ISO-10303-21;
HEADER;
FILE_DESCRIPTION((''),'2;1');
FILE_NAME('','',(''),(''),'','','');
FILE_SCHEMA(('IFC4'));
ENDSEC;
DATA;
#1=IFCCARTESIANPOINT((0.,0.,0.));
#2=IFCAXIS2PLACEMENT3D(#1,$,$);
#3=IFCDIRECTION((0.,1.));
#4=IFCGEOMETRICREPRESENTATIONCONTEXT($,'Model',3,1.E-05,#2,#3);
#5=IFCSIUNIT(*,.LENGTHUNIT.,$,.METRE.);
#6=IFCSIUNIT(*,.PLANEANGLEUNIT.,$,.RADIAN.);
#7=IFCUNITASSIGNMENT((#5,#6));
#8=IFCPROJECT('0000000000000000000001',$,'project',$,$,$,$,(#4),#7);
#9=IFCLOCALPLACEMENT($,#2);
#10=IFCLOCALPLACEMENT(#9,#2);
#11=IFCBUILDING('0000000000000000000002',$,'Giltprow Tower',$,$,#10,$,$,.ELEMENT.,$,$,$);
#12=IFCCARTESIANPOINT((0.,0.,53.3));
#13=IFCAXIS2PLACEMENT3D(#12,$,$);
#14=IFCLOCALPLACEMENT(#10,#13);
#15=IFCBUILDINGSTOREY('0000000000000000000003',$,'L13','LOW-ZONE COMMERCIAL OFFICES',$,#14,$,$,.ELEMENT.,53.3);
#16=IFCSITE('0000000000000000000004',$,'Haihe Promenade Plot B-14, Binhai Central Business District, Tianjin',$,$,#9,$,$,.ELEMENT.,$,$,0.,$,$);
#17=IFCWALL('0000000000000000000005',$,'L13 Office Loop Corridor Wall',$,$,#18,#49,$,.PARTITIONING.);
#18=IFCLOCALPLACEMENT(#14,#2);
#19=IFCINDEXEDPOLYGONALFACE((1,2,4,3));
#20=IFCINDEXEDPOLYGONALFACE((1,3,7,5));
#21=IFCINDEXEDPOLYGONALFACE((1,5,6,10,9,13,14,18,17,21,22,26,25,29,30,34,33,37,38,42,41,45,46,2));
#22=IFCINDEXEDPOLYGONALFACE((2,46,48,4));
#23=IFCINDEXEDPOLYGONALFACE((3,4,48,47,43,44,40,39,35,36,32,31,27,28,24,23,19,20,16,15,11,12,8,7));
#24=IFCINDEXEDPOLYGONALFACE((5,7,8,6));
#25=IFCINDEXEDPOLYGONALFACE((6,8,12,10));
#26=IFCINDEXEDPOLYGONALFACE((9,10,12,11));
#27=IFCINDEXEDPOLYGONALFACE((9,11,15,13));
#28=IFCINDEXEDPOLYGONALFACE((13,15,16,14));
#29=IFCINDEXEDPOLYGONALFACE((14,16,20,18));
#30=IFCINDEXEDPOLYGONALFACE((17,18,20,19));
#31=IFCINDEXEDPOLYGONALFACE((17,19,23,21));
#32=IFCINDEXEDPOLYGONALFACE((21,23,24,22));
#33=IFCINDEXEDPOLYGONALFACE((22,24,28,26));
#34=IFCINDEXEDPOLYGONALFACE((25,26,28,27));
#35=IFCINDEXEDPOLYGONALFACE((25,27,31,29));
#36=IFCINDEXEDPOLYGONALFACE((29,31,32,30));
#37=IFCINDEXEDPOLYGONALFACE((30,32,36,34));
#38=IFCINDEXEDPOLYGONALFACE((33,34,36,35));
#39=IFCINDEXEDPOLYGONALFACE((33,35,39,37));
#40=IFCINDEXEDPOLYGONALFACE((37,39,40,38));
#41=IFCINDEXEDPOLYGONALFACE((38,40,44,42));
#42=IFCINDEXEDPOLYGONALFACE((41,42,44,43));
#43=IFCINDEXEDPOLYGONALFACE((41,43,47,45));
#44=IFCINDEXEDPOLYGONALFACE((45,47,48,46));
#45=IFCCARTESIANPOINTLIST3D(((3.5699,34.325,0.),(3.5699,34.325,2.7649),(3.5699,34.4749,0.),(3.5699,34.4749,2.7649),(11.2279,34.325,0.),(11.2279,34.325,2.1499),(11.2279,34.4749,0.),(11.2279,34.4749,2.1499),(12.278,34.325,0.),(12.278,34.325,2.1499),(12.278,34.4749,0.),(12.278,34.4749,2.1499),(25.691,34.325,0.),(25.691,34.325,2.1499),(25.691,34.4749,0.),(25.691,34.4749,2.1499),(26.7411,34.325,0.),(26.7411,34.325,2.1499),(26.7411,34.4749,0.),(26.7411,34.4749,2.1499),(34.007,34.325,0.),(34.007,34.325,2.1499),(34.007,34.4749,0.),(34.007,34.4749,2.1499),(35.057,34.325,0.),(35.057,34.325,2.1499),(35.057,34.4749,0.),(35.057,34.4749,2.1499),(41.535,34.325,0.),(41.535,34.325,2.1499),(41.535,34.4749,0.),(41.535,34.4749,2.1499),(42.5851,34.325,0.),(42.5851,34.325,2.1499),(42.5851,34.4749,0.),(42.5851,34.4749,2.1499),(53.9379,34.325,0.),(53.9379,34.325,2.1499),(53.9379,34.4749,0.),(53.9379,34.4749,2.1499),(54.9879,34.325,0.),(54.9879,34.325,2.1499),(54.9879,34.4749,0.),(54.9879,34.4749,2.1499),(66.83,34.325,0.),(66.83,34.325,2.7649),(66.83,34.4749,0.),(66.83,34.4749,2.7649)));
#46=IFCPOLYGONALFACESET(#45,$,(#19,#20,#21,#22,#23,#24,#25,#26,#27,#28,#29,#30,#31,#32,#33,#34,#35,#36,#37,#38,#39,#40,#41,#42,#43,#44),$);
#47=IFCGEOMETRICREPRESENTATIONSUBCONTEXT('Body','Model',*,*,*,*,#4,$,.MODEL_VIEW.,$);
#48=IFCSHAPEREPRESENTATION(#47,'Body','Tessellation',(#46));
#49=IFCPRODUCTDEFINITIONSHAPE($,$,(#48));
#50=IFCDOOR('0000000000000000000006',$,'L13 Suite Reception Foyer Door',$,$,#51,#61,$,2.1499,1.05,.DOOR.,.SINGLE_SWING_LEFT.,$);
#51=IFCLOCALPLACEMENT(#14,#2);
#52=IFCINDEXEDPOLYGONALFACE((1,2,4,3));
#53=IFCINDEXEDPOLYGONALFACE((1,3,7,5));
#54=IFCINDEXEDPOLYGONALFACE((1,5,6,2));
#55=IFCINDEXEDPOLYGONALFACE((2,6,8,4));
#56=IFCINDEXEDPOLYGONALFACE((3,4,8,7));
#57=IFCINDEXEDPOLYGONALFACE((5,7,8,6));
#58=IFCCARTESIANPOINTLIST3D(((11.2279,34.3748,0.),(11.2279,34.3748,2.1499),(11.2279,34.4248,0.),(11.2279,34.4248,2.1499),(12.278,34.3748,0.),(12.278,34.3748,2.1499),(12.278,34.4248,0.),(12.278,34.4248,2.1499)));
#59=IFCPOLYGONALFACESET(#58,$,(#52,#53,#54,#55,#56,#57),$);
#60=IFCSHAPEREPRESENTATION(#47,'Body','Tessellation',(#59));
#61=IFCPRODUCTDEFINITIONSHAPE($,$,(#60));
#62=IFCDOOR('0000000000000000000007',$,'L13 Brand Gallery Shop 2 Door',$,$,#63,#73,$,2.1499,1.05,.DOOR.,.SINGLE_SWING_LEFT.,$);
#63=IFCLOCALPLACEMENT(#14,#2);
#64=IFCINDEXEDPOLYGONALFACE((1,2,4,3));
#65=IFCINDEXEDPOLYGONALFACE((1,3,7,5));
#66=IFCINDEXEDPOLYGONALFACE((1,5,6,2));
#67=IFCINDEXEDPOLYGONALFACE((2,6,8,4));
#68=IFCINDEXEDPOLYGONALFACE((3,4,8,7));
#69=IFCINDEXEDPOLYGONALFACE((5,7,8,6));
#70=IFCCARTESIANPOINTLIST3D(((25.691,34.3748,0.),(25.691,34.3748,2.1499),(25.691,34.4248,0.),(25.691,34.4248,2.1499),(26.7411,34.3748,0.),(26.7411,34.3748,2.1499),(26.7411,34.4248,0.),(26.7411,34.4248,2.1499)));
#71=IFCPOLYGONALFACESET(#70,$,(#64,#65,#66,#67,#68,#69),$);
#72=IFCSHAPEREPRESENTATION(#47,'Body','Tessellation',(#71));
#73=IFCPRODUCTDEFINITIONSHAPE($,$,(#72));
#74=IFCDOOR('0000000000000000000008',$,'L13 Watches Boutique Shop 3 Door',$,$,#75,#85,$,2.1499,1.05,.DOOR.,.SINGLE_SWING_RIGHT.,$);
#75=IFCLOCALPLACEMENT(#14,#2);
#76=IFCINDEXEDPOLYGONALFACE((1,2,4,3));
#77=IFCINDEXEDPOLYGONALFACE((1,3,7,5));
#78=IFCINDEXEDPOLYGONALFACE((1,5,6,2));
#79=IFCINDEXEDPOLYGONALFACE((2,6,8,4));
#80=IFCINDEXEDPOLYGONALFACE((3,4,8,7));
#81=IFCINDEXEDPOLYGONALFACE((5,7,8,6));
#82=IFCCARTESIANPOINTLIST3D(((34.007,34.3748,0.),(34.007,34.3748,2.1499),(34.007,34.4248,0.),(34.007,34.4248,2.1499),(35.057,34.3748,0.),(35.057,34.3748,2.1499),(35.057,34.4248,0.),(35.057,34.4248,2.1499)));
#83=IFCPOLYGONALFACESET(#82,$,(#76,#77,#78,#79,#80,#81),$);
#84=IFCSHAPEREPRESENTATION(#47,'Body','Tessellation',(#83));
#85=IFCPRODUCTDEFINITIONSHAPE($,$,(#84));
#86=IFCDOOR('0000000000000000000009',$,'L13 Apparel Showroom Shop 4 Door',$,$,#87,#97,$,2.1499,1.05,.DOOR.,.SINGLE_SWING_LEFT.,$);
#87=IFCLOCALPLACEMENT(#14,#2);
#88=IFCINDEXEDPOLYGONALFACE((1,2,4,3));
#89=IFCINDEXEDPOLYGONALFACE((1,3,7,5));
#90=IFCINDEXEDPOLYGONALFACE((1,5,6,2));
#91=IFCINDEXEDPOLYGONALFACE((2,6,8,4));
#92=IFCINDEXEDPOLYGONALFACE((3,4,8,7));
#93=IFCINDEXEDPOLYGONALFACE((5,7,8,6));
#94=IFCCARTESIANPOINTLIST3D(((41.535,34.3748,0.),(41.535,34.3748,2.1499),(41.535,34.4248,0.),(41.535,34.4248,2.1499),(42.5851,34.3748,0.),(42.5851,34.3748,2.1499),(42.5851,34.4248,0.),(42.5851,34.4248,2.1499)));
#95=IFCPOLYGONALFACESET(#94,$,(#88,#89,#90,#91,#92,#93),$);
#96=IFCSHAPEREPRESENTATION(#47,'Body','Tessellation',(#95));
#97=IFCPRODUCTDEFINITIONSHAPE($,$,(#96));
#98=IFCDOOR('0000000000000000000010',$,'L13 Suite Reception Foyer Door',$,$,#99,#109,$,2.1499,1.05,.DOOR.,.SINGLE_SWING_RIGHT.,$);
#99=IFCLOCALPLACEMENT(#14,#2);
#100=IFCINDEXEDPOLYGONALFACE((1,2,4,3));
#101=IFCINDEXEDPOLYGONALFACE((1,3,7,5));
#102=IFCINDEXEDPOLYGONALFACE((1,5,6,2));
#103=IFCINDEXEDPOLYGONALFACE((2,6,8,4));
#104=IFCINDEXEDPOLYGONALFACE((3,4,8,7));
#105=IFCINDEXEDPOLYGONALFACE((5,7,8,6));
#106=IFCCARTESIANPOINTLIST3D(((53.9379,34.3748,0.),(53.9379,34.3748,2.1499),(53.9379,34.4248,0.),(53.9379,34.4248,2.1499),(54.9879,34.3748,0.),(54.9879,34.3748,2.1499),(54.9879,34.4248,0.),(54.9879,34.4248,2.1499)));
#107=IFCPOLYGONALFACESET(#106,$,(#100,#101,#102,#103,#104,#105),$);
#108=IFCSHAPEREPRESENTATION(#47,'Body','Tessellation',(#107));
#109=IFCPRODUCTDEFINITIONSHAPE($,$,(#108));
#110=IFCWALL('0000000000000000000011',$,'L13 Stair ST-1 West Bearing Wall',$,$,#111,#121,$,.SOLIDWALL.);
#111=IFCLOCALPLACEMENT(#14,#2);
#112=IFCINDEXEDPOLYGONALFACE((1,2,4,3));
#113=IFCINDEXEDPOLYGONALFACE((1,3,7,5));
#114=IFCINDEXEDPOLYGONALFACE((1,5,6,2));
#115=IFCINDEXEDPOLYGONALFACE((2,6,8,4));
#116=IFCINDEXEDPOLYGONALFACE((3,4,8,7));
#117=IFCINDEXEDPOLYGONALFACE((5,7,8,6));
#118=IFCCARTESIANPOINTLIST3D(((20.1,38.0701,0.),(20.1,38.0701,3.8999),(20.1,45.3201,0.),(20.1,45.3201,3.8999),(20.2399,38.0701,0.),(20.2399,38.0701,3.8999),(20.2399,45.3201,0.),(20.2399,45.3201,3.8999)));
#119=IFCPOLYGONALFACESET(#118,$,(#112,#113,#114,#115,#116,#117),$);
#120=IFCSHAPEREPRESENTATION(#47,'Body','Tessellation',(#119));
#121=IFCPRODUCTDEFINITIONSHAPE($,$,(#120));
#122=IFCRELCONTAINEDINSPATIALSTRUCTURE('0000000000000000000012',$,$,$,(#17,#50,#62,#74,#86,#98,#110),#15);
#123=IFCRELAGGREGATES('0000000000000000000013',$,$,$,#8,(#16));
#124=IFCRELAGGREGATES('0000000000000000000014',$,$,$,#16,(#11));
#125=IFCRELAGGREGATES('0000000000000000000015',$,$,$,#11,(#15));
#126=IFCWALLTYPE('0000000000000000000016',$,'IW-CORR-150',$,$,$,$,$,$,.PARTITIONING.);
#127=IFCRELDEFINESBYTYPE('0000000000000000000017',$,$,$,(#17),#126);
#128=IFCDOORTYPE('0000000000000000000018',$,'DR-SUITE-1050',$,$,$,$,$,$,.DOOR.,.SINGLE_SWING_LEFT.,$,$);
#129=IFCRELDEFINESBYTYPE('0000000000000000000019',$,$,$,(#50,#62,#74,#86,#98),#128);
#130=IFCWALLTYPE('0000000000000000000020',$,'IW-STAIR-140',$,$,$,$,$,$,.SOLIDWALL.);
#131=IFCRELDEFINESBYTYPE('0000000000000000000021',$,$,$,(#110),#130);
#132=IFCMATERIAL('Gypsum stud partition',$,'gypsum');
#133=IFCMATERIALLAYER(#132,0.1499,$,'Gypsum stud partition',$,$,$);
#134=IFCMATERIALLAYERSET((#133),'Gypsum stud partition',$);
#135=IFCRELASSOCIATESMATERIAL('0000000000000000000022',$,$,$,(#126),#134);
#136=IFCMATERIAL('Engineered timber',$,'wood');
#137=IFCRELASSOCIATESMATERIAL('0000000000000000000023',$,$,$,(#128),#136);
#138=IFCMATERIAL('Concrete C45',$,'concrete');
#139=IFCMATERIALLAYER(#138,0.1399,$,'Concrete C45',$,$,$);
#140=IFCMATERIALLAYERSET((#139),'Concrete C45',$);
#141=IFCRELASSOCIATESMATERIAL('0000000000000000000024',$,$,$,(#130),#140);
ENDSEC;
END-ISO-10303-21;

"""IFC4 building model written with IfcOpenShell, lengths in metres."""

from ifc_helpers import new_model, si_unit, direction, frame, frame_2d, origin, place, context, subcontext, project, spatial, rectangle, extrude, source, transform, mapped, material, layer, layer_set, type_object, element, fill, save


model = new_model("IFC4")

# Units and contexts
model_context = context("Model", 3, precision=1e-05, world=origin(), true_north=direction((0.0, 1.0)))
body_context = subcontext(model_context, "Body", "Model", "MODEL_VIEW")
ifc_project = project(units=[si_unit("LENGTHUNIT", "METRE"), si_unit("PLANEANGLEUNIT", "RADIAN")], contexts=[model_context])

# Site, building, storey
site_placement = place(None, origin())
site = spatial("IfcSite", under=ifc_project, at=site_placement, Name="Haihe Promenade Plot B-14, Binhai Central Business District, Tianjin", CompositionType="ELEMENT", RefElevation=0.0)
building_placement = place(site_placement, origin())
building = spatial("IfcBuilding", under=site, at=building_placement, Name="Giltprow Tower", CompositionType="ELEMENT")
storey_placement = place(building_placement, frame((0.0, 0.0, 53.3)))
storey = spatial("IfcBuildingStorey", under=building, at=storey_placement, Name="L13", Description="LOW-ZONE COMMERCIAL OFFICES", CompositionType="ELEMENT", Elevation=53.3)

# Wall, openings, doors
ifc_material_1 = material(Name="Gypsum stud partition", Category="gypsum")
ifc_layer_1 = layer(ifc_material_1, 0.1499, Name="Gypsum stud partition")
ifc_layer_set_1 = layer_set([ifc_layer_1], Name="Gypsum stud partition")
wall_type_1 = type_object("IfcWallType", Name="IW-CORR-150", PredefinedType="PARTITIONING", material=ifc_layer_set_1)
wall_1_placement = place(storey_placement, frame((3.5701, 34.3999, 0.0), z_axis=(0.0, 0.0, 1.0), x_axis=(1.0, 0.0, 0.0)))
wall_1 = element("IfcWall", 1, at=wall_1_placement, inside=storey, type_object=wall_type_1, Name="L13 Office Loop Corridor Wall", PredefinedType="PARTITIONING", context=body_context, shape_type="SweptSolid", body=[
    extrude(rectangle(XDim=63.26, YDim=0.1499, at=frame_2d((31.6299, 0.0))), origin(), (0.0, 0.0, 1.0), 2.7649),
])
opening_1_placement = place(wall_1_placement, frame((7.658, 0.0, 0.0)))
opening_1 = element("IfcOpeningElement", 2, at=opening_1_placement, cuts=wall_1, PredefinedType="OPENING", context=body_context, shape_type="SweptSolid", body=[
    extrude(rectangle(XDim=1.05, YDim=2.1499, at=frame_2d((0.5249, 1.075))), frame((0.0, 0.085, 0.0), z_axis=(0.0, -1.0, 0.0), x_axis=(1.0, 0.0, 0.0)), (0.0, 0.0, 1.0), 0.1699),
])
opening_2_placement = place(wall_1_placement, frame((22.1211, 0.0, 0.0)))
opening_2 = element("IfcOpeningElement", 3, at=opening_2_placement, cuts=wall_1, PredefinedType="OPENING", context=body_context, shape_type="SweptSolid", body=[
    extrude(rectangle(XDim=1.05, YDim=2.1499, at=frame_2d((0.5249, 1.075))), frame((0.0, 0.085, 0.0), z_axis=(0.0, -1.0, 0.0), x_axis=(1.0, 0.0, 0.0)), (0.0, 0.0, 1.0), 0.1699),
])
opening_3_placement = place(wall_1_placement, frame((30.437, 0.0, 0.0)))
opening_3 = element("IfcOpeningElement", 4, at=opening_3_placement, cuts=wall_1, PredefinedType="OPENING", context=body_context, shape_type="SweptSolid", body=[
    extrude(rectangle(XDim=1.05, YDim=2.1499, at=frame_2d((0.5249, 1.075))), frame((0.0, 0.085, 0.0), z_axis=(0.0, -1.0, 0.0), x_axis=(1.0, 0.0, 0.0)), (0.0, 0.0, 1.0), 0.1699),
])
opening_4_placement = place(wall_1_placement, frame((37.9651, 0.0, 0.0)))
opening_4 = element("IfcOpeningElement", 5, at=opening_4_placement, cuts=wall_1, PredefinedType="OPENING", context=body_context, shape_type="SweptSolid", body=[
    extrude(rectangle(XDim=1.05, YDim=2.1499, at=frame_2d((0.5249, 1.075))), frame((0.0, 0.085, 0.0), z_axis=(0.0, -1.0, 0.0), x_axis=(1.0, 0.0, 0.0)), (0.0, 0.0, 1.0), 0.1699),
])
opening_5_placement = place(wall_1_placement, frame((50.3679, 0.0, 0.0)))
opening_5 = element("IfcOpeningElement", 6, at=opening_5_placement, cuts=wall_1, PredefinedType="OPENING", context=body_context, shape_type="SweptSolid", body=[
    extrude(rectangle(XDim=1.05, YDim=2.1499, at=frame_2d((0.5249, 1.075))), frame((0.0, 0.085, 0.0), z_axis=(0.0, -1.0, 0.0), x_axis=(1.0, 0.0, 0.0)), (0.0, 0.0, 1.0), 0.1699),
])
ifc_material_2 = material(Name="Engineered timber", Category="wood")
door_type_1 = type_object("IfcDoorType", Name="DR-SUITE-1050", OperationType="SINGLE_SWING_LEFT", PredefinedType="DOOR", material=ifc_material_2)
shared_shape_1 = source(origin(), body_context, "Body", "SweptSolid", [
    extrude(rectangle(XDim=1.05, YDim=2.1499, at=frame_2d((0.5249, 1.075))), frame((0.0, 0.0249, 0.0), z_axis=(0.0, -1.0, 0.0), x_axis=(1.0, 0.0, 0.0)), (0.0, 0.0, 1.0), 0.05),
])
door_1_placement = place(opening_1_placement, origin())
door_1 = element("IfcDoor", 7, at=door_1_placement, inside=storey, type_object=door_type_1, Name="L13 Suite Reception Foyer Door", OperationType="SINGLE_SWING_LEFT", OverallHeight=2.1499, OverallWidth=1.05, PredefinedType="DOOR", context=body_context, shape_type="MappedRepresentation", body=[
    mapped(shared_shape_1, transform((0.0, 0.0, 0.0), x_axis=(1.0, 0.0, 0.0), y_axis=(0.0, 1.0, 0.0), z_axis=(0.0, 0.0, 1.0), scale=1.0)),
])
fill(opening_1, door_1)
door_2_placement = place(opening_2_placement, origin())
door_2 = element("IfcDoor", 8, at=door_2_placement, inside=storey, type_object=door_type_1, Name="L13 Brand Gallery Shop 2 Door", OperationType="SINGLE_SWING_LEFT", OverallHeight=2.1499, OverallWidth=1.05, PredefinedType="DOOR", context=body_context, shape_type="MappedRepresentation", body=[
    mapped(shared_shape_1, transform((0.0, 0.0, 0.0), x_axis=(1.0, 0.0, 0.0), y_axis=(0.0, 1.0, 0.0), z_axis=(0.0, 0.0, 1.0), scale=1.0)),
])
fill(opening_2, door_2)
door_3_placement = place(opening_3_placement, origin())
door_3 = element("IfcDoor", 9, at=door_3_placement, inside=storey, type_object=door_type_1, Name="L13 Watches Boutique Shop 3 Door", OperationType="SINGLE_SWING_RIGHT", OverallHeight=2.1499, OverallWidth=1.05, PredefinedType="DOOR", context=body_context, shape_type="MappedRepresentation", body=[
    mapped(shared_shape_1, transform((0.0, 0.0, 0.0), x_axis=(1.0, 0.0, 0.0), y_axis=(0.0, 1.0, 0.0), z_axis=(0.0, 0.0, 1.0), scale=1.0)),
])
fill(opening_3, door_3)
door_4_placement = place(opening_4_placement, origin())
door_4 = element("IfcDoor", 10, at=door_4_placement, inside=storey, type_object=door_type_1, Name="L13 Apparel Showroom Shop 4 Door", OperationType="SINGLE_SWING_LEFT", OverallHeight=2.1499, OverallWidth=1.05, PredefinedType="DOOR", context=body_context, shape_type="MappedRepresentation", body=[
    mapped(shared_shape_1, transform((0.0, 0.0, 0.0), x_axis=(1.0, 0.0, 0.0), y_axis=(0.0, 1.0, 0.0), z_axis=(0.0, 0.0, 1.0), scale=1.0)),
])
fill(opening_4, door_4)
door_5_placement = place(opening_5_placement, origin())
door_5 = element("IfcDoor", 11, at=door_5_placement, inside=storey, type_object=door_type_1, Name="L13 Suite Reception Foyer Door", OperationType="SINGLE_SWING_RIGHT", OverallHeight=2.1499, OverallWidth=1.05, PredefinedType="DOOR", context=body_context, shape_type="MappedRepresentation", body=[
    mapped(shared_shape_1, transform((0.0, 0.0, 0.0), x_axis=(1.0, 0.0, 0.0), y_axis=(0.0, 1.0, 0.0), z_axis=(0.0, 0.0, 1.0), scale=1.0)),
])
fill(opening_5, door_5)

# Wall
ifc_material_3 = material(Name="Concrete C45", Category="concrete")
ifc_layer_2 = layer(ifc_material_3, 0.1399, Name="Concrete C45")
ifc_layer_set_2 = layer_set([ifc_layer_2], Name="Concrete C45")
wall_type_2 = type_object("IfcWallType", Name="IW-STAIR-140", PredefinedType="SOLIDWALL", material=ifc_layer_set_2)
wall_2_placement = place(storey_placement, frame((20.1699, 38.0701, 0.0), z_axis=(0.0, 0.0, 1.0), x_axis=(0.0, 1.0, 0.0)))
element("IfcWall", 12, at=wall_2_placement, inside=storey, type_object=wall_type_2, Name="L13 Stair ST-1 West Bearing Wall", PredefinedType="SOLIDWALL", context=body_context, shape_type="SweptSolid", body=[
    extrude(rectangle(XDim=7.25, YDim=0.1399, at=frame_2d((3.625, 0.0))), origin(), (0.0, 0.0, 1.0), 3.8999),
])

save(model, "model.ifc")
